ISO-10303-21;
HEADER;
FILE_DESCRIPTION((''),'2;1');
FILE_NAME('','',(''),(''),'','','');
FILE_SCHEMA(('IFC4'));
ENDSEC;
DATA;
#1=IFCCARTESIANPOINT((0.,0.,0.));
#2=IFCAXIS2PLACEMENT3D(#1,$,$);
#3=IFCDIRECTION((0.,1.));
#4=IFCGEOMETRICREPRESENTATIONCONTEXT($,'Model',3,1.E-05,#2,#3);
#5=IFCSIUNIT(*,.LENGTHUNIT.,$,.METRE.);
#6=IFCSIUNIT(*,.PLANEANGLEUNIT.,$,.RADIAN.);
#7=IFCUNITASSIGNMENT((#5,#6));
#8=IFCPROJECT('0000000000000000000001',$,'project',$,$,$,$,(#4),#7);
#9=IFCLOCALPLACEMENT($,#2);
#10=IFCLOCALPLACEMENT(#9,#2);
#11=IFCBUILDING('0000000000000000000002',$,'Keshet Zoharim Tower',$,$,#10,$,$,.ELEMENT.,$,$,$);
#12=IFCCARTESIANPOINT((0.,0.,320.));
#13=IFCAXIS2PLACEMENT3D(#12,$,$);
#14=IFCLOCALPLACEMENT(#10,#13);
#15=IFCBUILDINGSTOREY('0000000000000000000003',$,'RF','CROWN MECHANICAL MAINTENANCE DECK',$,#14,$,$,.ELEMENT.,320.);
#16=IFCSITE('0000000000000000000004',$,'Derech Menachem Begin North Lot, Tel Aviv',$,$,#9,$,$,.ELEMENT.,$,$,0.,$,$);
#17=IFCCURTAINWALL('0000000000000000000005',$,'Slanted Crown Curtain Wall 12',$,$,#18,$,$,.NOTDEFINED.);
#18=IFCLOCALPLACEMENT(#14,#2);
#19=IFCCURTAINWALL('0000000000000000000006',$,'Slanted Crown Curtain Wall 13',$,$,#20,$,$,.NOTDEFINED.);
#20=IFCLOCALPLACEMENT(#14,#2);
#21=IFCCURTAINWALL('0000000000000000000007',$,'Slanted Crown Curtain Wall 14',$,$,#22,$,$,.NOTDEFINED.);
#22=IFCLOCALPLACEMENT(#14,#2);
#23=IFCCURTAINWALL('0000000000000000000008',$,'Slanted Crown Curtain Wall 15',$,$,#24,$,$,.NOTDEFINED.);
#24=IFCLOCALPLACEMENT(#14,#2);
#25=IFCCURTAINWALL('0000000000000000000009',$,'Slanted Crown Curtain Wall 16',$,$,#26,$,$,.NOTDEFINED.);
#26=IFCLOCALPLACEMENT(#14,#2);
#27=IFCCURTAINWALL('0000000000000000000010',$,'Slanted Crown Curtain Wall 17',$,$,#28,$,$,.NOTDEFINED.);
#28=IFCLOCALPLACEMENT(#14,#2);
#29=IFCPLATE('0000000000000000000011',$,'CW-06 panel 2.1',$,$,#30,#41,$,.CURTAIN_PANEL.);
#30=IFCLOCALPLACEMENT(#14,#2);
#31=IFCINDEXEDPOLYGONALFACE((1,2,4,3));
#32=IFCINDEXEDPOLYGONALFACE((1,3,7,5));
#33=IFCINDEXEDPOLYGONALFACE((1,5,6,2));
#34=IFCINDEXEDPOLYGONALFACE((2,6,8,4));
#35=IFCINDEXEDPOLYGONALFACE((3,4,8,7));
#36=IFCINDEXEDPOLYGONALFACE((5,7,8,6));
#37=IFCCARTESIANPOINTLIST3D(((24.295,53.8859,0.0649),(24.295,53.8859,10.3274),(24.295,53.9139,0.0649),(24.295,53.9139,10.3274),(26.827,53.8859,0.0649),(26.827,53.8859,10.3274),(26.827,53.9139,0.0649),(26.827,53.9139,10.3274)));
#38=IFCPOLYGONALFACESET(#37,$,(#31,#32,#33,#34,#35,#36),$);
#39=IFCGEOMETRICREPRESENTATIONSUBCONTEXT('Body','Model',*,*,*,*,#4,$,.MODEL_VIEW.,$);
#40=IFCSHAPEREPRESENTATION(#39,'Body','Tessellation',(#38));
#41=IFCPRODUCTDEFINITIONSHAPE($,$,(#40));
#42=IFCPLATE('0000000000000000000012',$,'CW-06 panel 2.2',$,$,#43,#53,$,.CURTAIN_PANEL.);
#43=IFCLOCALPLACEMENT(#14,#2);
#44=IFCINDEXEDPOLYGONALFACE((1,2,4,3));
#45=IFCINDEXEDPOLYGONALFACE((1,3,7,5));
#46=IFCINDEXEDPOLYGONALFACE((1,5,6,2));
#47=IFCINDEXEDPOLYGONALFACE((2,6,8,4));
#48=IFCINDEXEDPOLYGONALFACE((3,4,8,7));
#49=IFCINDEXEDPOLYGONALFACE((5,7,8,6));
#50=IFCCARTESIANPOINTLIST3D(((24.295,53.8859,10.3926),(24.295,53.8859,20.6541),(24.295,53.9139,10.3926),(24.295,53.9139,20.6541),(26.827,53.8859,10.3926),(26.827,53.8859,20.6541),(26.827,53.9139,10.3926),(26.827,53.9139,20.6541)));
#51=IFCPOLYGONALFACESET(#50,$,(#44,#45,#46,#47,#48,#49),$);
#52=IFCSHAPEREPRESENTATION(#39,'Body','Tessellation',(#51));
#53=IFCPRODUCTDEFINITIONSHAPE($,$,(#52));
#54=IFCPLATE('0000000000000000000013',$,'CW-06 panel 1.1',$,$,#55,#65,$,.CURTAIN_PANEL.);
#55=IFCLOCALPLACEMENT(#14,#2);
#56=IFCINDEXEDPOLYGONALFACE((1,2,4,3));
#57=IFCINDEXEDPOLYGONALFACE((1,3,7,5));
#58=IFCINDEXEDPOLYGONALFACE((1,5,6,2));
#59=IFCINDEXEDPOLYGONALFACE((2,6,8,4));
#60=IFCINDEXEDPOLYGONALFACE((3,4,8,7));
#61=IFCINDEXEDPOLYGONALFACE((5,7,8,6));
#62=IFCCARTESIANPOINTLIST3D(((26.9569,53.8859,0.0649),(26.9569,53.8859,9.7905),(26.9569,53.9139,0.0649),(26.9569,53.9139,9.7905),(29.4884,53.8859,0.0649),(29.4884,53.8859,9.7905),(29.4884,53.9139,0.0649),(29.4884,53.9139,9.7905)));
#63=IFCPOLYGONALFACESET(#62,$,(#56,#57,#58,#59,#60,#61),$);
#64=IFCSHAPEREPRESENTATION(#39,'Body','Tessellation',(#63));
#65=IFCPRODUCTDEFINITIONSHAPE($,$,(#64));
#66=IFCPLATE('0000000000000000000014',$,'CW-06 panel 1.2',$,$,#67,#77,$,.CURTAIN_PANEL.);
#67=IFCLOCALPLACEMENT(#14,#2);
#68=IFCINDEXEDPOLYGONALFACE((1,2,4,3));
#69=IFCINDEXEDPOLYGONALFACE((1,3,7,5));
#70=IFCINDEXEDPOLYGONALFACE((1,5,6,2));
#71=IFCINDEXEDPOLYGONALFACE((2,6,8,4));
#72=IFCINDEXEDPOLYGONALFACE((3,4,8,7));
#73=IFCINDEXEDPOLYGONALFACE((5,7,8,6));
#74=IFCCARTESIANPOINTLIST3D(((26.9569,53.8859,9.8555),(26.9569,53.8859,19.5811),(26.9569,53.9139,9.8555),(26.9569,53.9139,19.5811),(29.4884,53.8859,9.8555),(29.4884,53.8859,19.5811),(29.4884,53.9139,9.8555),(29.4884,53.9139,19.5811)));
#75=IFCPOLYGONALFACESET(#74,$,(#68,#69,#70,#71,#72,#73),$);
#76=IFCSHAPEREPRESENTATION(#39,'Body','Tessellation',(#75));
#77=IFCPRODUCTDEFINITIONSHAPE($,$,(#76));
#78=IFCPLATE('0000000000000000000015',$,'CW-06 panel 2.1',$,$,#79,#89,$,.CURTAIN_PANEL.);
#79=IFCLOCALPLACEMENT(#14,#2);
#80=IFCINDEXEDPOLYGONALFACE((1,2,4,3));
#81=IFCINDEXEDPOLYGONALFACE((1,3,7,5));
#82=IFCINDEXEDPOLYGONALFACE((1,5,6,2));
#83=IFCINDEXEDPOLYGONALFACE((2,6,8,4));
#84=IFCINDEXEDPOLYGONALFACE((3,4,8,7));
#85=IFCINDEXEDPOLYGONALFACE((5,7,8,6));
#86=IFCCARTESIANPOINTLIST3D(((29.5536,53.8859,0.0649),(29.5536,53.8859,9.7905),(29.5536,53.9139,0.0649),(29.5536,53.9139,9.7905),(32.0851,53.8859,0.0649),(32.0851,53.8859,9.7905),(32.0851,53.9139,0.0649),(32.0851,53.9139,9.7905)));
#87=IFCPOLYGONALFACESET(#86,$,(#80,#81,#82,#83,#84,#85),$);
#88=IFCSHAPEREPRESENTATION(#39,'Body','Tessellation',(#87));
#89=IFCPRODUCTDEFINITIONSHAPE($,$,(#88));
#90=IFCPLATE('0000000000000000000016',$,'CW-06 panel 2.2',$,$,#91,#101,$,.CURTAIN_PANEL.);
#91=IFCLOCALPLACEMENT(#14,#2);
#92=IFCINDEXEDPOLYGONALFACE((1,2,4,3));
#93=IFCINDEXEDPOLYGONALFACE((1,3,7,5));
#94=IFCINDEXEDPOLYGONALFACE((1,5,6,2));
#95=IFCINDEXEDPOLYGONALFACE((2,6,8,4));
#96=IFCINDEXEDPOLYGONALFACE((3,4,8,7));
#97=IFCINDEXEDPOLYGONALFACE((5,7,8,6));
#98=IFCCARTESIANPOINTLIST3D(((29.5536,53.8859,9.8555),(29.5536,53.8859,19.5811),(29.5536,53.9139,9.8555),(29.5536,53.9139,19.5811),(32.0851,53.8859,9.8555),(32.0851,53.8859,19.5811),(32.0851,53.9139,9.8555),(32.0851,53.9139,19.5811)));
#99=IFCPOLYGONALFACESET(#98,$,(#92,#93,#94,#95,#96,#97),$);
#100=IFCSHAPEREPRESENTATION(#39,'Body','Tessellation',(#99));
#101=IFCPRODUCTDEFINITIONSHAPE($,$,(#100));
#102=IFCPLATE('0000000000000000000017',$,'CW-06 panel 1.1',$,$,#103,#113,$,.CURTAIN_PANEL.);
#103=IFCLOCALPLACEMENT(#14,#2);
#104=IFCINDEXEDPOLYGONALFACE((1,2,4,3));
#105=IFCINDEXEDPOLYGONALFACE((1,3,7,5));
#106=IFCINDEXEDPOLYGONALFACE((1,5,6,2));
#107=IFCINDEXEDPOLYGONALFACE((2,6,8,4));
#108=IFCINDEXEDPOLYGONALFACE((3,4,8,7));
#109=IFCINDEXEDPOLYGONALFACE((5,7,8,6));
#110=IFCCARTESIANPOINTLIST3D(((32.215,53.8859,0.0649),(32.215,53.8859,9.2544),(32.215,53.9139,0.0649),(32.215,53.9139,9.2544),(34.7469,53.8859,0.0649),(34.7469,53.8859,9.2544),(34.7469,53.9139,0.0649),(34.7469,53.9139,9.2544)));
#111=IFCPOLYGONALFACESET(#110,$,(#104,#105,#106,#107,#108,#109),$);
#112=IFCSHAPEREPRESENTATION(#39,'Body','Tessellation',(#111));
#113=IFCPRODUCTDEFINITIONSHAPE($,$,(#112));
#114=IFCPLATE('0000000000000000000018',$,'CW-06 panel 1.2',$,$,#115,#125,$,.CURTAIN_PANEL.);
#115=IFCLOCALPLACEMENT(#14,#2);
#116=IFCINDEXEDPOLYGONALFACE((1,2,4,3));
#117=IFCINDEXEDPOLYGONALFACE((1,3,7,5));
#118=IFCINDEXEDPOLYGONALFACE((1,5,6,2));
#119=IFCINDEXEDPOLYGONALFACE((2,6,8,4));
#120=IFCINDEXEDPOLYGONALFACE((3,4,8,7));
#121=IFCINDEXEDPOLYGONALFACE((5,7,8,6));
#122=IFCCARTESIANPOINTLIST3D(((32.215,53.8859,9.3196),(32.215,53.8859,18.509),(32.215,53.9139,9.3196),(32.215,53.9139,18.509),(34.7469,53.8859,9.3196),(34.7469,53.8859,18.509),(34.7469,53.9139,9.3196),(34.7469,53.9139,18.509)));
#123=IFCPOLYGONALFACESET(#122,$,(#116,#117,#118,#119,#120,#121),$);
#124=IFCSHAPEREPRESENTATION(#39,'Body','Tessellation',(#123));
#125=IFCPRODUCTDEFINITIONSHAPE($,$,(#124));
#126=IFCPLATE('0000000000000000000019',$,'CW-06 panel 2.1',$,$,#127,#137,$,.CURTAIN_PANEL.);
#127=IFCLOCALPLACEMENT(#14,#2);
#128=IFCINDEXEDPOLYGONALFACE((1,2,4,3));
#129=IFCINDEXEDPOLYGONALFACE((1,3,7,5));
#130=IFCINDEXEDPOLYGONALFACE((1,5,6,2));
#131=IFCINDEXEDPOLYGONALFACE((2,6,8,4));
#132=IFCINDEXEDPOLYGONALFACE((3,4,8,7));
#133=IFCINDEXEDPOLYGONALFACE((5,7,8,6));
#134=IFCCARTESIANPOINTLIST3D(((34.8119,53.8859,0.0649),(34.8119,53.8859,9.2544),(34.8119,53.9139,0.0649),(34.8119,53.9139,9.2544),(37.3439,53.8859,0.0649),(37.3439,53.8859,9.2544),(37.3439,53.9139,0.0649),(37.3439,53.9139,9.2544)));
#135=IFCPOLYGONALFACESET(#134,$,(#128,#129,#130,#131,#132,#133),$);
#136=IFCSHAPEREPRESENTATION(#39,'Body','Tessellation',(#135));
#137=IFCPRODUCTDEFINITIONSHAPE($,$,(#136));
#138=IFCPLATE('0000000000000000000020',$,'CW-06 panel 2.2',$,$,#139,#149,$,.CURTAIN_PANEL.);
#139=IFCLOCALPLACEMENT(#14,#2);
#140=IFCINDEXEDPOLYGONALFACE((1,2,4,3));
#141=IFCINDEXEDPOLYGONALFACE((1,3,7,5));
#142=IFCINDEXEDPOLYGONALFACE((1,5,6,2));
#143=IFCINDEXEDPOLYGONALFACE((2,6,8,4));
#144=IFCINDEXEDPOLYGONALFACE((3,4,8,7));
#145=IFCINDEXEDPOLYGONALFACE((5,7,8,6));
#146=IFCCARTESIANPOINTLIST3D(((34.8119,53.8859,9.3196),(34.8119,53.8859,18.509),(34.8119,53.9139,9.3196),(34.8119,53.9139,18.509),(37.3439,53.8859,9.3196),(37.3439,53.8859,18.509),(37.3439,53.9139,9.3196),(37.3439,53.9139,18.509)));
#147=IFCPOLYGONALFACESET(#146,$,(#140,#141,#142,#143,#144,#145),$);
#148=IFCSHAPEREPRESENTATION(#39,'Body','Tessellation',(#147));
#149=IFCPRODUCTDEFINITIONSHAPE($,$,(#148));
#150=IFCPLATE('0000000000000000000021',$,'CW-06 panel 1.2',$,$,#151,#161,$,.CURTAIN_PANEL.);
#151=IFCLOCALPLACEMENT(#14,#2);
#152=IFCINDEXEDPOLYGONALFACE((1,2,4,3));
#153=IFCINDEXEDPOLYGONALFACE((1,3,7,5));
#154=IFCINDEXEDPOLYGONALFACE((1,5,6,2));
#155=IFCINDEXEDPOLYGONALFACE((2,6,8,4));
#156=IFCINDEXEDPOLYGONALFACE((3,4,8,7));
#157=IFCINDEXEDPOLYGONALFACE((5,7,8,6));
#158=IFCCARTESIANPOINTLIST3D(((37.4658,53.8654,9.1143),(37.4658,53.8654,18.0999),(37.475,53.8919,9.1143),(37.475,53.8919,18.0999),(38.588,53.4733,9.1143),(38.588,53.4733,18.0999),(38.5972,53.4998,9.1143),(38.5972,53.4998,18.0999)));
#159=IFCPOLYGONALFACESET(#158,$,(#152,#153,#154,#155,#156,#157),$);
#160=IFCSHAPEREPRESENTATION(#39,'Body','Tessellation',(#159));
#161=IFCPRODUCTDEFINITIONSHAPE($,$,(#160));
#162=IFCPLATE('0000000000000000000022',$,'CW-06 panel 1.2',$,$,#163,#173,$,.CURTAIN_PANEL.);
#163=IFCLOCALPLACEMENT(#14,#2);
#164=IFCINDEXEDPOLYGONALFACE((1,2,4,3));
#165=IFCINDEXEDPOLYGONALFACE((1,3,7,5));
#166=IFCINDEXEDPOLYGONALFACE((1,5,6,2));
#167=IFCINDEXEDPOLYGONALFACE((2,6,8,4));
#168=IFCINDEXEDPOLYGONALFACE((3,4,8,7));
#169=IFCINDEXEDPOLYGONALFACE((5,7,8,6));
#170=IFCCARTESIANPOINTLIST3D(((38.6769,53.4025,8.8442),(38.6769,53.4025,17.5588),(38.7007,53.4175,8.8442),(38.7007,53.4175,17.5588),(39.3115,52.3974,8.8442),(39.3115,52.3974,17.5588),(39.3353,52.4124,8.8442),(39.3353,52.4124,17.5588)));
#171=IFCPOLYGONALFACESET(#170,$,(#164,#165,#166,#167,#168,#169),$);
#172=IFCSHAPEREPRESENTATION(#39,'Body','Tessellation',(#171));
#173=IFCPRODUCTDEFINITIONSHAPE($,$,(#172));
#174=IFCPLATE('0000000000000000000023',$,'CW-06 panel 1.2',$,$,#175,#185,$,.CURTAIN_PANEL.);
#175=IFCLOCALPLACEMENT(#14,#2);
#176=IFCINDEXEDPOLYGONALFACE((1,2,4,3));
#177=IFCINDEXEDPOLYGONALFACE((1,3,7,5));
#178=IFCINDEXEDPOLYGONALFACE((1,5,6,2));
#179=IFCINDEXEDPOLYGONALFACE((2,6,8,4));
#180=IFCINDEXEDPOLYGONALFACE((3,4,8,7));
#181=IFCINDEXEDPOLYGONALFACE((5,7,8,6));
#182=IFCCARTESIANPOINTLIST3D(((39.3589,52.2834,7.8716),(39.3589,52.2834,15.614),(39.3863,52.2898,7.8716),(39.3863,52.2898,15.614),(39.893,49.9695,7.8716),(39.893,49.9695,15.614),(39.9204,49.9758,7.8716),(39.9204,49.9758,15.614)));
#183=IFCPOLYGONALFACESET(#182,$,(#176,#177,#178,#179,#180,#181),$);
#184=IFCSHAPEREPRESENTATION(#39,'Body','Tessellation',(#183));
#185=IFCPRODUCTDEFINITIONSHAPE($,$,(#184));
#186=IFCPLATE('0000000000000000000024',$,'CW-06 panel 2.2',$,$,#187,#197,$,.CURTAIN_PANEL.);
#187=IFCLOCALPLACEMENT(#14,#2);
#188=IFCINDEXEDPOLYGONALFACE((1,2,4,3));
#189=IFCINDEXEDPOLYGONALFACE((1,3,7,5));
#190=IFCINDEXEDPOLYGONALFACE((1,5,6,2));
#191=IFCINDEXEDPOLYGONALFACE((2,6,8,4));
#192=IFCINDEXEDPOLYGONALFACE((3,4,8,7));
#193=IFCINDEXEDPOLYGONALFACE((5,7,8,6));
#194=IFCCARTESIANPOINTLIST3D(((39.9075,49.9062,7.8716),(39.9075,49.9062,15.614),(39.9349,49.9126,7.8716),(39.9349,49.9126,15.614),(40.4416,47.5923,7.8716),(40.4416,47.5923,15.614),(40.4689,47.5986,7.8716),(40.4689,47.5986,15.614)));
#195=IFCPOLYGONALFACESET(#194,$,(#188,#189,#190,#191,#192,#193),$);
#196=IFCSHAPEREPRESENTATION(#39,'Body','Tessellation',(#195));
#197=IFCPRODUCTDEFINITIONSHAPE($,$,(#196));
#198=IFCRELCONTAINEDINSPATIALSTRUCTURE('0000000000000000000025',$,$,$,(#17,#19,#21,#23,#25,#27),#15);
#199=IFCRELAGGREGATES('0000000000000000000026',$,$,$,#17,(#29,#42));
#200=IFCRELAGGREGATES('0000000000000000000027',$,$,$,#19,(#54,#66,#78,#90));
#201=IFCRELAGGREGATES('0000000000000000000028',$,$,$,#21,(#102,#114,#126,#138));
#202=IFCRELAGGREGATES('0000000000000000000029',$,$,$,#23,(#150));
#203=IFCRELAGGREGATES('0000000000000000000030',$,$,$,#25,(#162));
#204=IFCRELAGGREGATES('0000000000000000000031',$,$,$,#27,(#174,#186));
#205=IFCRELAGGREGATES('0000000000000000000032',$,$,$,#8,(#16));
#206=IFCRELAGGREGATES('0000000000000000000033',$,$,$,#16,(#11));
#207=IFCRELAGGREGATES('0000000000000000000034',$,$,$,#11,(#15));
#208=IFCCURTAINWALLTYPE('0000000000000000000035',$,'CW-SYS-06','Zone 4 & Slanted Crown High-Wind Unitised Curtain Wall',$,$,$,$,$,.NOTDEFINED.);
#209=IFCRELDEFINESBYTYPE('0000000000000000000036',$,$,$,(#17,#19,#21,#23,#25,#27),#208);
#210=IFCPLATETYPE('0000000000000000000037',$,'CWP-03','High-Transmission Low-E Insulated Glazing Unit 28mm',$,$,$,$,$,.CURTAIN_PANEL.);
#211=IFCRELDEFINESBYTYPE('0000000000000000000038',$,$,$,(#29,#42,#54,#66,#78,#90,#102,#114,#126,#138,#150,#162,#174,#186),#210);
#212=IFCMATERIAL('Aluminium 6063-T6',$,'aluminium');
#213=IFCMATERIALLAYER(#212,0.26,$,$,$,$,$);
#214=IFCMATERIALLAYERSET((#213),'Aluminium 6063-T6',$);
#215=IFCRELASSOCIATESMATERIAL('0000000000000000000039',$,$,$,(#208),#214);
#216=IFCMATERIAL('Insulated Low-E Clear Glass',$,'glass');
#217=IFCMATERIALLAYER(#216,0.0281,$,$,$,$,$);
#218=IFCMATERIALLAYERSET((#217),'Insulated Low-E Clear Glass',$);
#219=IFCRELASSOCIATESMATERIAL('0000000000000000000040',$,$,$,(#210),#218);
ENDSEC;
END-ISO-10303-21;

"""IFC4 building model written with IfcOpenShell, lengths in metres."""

from ifc_helpers import new_model, si_unit, direction, frame, origin, origin_2d, place, context, subcontext, project, spatial, rectangle, extrude, material, layer, layer_set, type_object, element, aggregate, save


model = new_model("IFC4")

# Units and contexts
model_context = context("Model", 3, precision=1e-05, world=origin(), true_north=direction((0.0, 1.0)))
body_context = subcontext(model_context, "Body", "Model", "MODEL_VIEW")
ifc_project = project(units=[si_unit("LENGTHUNIT", "METRE"), si_unit("PLANEANGLEUNIT", "RADIAN")], contexts=[model_context])

# Site, building, storey
site_placement = place(None, origin())
site = spatial("IfcSite", under=ifc_project, at=site_placement, Name="Derech Menachem Begin North Lot, Tel Aviv", CompositionType="ELEMENT", RefElevation=0.0)
building_placement = place(site_placement, origin())
building = spatial("IfcBuilding", under=site, at=building_placement, Name="Keshet Zoharim Tower", CompositionType="ELEMENT")
storey_placement = place(building_placement, frame((0.0, 0.0, 320.0)))
storey = spatial("IfcBuildingStorey", under=building, at=storey_placement, Name="RF", Description="CROWN MECHANICAL MAINTENANCE DECK", CompositionType="ELEMENT", Elevation=320.0)

# Curtain walls
ifc_material_1 = material(Name="Aluminium 6063-T6", Category="aluminium")
ifc_layer_1 = layer(ifc_material_1, 0.26)
ifc_layer_set_1 = layer_set([ifc_layer_1], Name="Aluminium 6063-T6")
curtain_wall_type = type_object("IfcCurtainWallType", Name="CW-SYS-06", Description="Zone 4 & Slanted Crown High-Wind Unitised Curtain Wall", PredefinedType="NOTDEFINED", material=ifc_layer_set_1)
curtain_wall_1_placement = place(storey_placement, origin())
curtain_wall_1 = element("IfcCurtainWall", 1, at=curtain_wall_1_placement, inside=storey, type_object=curtain_wall_type, Name="Slanted Crown Curtain Wall 12", PredefinedType="NOTDEFINED")
curtain_wall_2_placement = place(storey_placement, origin())
curtain_wall_2 = element("IfcCurtainWall", 2, at=curtain_wall_2_placement, inside=storey, type_object=curtain_wall_type, Name="Slanted Crown Curtain Wall 13", PredefinedType="NOTDEFINED")
curtain_wall_3_placement = place(storey_placement, origin())
curtain_wall_3 = element("IfcCurtainWall", 3, at=curtain_wall_3_placement, inside=storey, type_object=curtain_wall_type, Name="Slanted Crown Curtain Wall 14", PredefinedType="NOTDEFINED")
curtain_wall_4_placement = place(storey_placement, origin())
curtain_wall_4 = element("IfcCurtainWall", 4, at=curtain_wall_4_placement, inside=storey, type_object=curtain_wall_type, Name="Slanted Crown Curtain Wall 15", PredefinedType="NOTDEFINED")
curtain_wall_5_placement = place(storey_placement, origin())
curtain_wall_5 = element("IfcCurtainWall", 5, at=curtain_wall_5_placement, inside=storey, type_object=curtain_wall_type, Name="Slanted Crown Curtain Wall 16", PredefinedType="NOTDEFINED")
curtain_wall_6_placement = place(storey_placement, origin())
curtain_wall_6 = element("IfcCurtainWall", 6, at=curtain_wall_6_placement, inside=storey, type_object=curtain_wall_type, Name="Slanted Crown Curtain Wall 17", PredefinedType="NOTDEFINED")

# Plates
ifc_material_2 = material(Name="Insulated Low-E Clear Glass", Category="glass")
ifc_layer_2 = layer(ifc_material_2, 0.0281)
ifc_layer_set_2 = layer_set([ifc_layer_2], Name="Insulated Low-E Clear Glass")
plate_type = type_object("IfcPlateType", Name="CWP-03", Description="High-Transmission Low-E Insulated Glazing Unit 28mm", PredefinedType="CURTAIN_PANEL", material=ifc_layer_set_2)
plate_1_placement = place(storey_placement, frame((25.561, 53.8999, 0.0649), z_axis=(0.0, 0.0, 1.0), x_axis=(1.0, 0.0, 0.0)))
plate_1 = element("IfcPlate", 7, at=plate_1_placement, type_object=plate_type, Name="CW-06 panel 2.1", PredefinedType="CURTAIN_PANEL", context=body_context, shape_type="SweptSolid", body=[
    extrude(rectangle(XDim=2.532, YDim=0.0281, at=origin_2d()), origin(), (0.0, 0.0, 1.0), 10.2625),
])
plate_2_placement = place(storey_placement, frame((25.561, 53.8999, 10.3926), z_axis=(0.0, 0.0, 1.0), x_axis=(1.0, 0.0, 0.0)))
plate_2 = element("IfcPlate", 8, at=plate_2_placement, type_object=plate_type, Name="CW-06 panel 2.2", PredefinedType="CURTAIN_PANEL", context=body_context, shape_type="SweptSolid", body=[
    extrude(rectangle(XDim=2.532, YDim=0.0281, at=origin_2d()), origin(), (0.0, 0.0, 1.0), 10.2615),
])
aggregate(curtain_wall_1, [plate_1, plate_2])
plate_3_placement = place(storey_placement, frame((28.2227, 53.8999, 0.0649), z_axis=(0.0, 0.0, 1.0), x_axis=(1.0, 0.0, 0.0)))
plate_3 = element("IfcPlate", 9, at=plate_3_placement, type_object=plate_type, Name="CW-06 panel 1.1", PredefinedType="CURTAIN_PANEL", context=body_context, shape_type="SweptSolid", body=[
    extrude(rectangle(XDim=2.5315, YDim=0.0281, at=origin_2d()), origin(), (0.0, 0.0, 1.0), 9.7256),
])
plate_4_placement = place(storey_placement, frame((28.2227, 53.8999, 9.8555), z_axis=(0.0, 0.0, 1.0), x_axis=(1.0, 0.0, 0.0)))
plate_4 = element("IfcPlate", 10, at=plate_4_placement, type_object=plate_type, Name="CW-06 panel 1.2", PredefinedType="CURTAIN_PANEL", context=body_context, shape_type="SweptSolid", body=[
    extrude(rectangle(XDim=2.5315, YDim=0.0281, at=origin_2d()), origin(), (0.0, 0.0, 1.0), 9.7256),
])
plate_5_placement = place(storey_placement, frame((30.8193, 53.8999, 0.0649), z_axis=(0.0, 0.0, 1.0), x_axis=(1.0, 0.0, 0.0)))
plate_5 = element("IfcPlate", 11, at=plate_5_placement, type_object=plate_type, Name="CW-06 panel 2.1", PredefinedType="CURTAIN_PANEL", context=body_context, shape_type="SweptSolid", body=[
    extrude(rectangle(XDim=2.5315, YDim=0.0281, at=origin_2d()), origin(), (0.0, 0.0, 1.0), 9.7256),
])
plate_6_placement = place(storey_placement, frame((30.8193, 53.8999, 9.8555), z_axis=(0.0, 0.0, 1.0), x_axis=(1.0, 0.0, 0.0)))
plate_6 = element("IfcPlate", 12, at=plate_6_placement, type_object=plate_type, Name="CW-06 panel 2.2", PredefinedType="CURTAIN_PANEL", context=body_context, shape_type="SweptSolid", body=[
    extrude(rectangle(XDim=2.5315, YDim=0.0281, at=origin_2d()), origin(), (0.0, 0.0, 1.0), 9.7256),
])
aggregate(curtain_wall_2, [plate_3, plate_4, plate_5, plate_6])
plate_7_placement = place(storey_placement, frame((33.481, 53.8999, 0.0649), z_axis=(0.0, 0.0, 1.0), x_axis=(1.0, 0.0, 0.0)))
plate_7 = element("IfcPlate", 13, at=plate_7_placement, type_object=plate_type, Name="CW-06 panel 1.1", PredefinedType="CURTAIN_PANEL", context=body_context, shape_type="SweptSolid", body=[
    extrude(rectangle(XDim=2.532, YDim=0.0281, at=origin_2d()), origin(), (0.0, 0.0, 1.0), 9.1895),
])
plate_8_placement = place(storey_placement, frame((33.481, 53.8999, 9.3196), z_axis=(0.0, 0.0, 1.0), x_axis=(1.0, 0.0, 0.0)))
plate_8 = element("IfcPlate", 14, at=plate_8_placement, type_object=plate_type, Name="CW-06 panel 1.2", PredefinedType="CURTAIN_PANEL", context=body_context, shape_type="SweptSolid", body=[
    extrude(rectangle(XDim=2.532, YDim=0.0281, at=origin_2d()), origin(), (0.0, 0.0, 1.0), 9.1895),
])
plate_9_placement = place(storey_placement, frame((36.0779, 53.8999, 0.0649), z_axis=(0.0, 0.0, 1.0), x_axis=(1.0, 0.0, 0.0)))
plate_9 = element("IfcPlate", 15, at=plate_9_placement, type_object=plate_type, Name="CW-06 panel 2.1", PredefinedType="CURTAIN_PANEL", context=body_context, shape_type="SweptSolid", body=[
    extrude(rectangle(XDim=2.532, YDim=0.0281, at=origin_2d()), origin(), (0.0, 0.0, 1.0), 9.1895),
])
plate_10_placement = place(storey_placement, frame((36.0779, 53.8999, 9.3196), z_axis=(0.0, 0.0, 1.0), x_axis=(1.0, 0.0, 0.0)))
plate_10 = element("IfcPlate", 16, at=plate_10_placement, type_object=plate_type, Name="CW-06 panel 2.2", PredefinedType="CURTAIN_PANEL", context=body_context, shape_type="SweptSolid", body=[
    extrude(rectangle(XDim=2.532, YDim=0.0281, at=origin_2d()), origin(), (0.0, 0.0, 1.0), 9.1895),
])
aggregate(curtain_wall_3, [plate_7, plate_8, plate_9, plate_10])
plate_11_placement = place(storey_placement, frame((38.0315, 53.6826, 9.1143), z_axis=(0.0, 0.0, 1.0), x_axis=(0.944036, -0.329844, 0.0)))
plate_11 = element("IfcPlate", 17, at=plate_11_placement, type_object=plate_type, Name="CW-06 panel 1.2", PredefinedType="CURTAIN_PANEL", context=body_context, shape_type="SweptSolid", body=[
    extrude(rectangle(XDim=1.1887, YDim=0.0281, at=origin_2d()), origin(), (0.0, 0.0, 1.0), 8.9856),
])
aggregate(curtain_wall_4, [plate_11])
plate_12_placement = place(storey_placement, frame((39.0061, 52.9075, 8.8442), z_axis=(0.0, 0.0, 1.0), x_axis=(0.533879, -0.845561, 0.0)))
plate_12 = element("IfcPlate", 18, at=plate_12_placement, type_object=plate_type, Name="CW-06 panel 1.2", PredefinedType="CURTAIN_PANEL", context=body_context, shape_type="SweptSolid", body=[
    extrude(rectangle(XDim=1.1887, YDim=0.0281, at=origin_2d()), origin(), (0.0, 0.0, 1.0), 8.7146),
])
aggregate(curtain_wall_5, [plate_12])
plate_13_placement = place(storey_placement, frame((39.6396, 51.1296, 7.8716), z_axis=(0.0, 0.0, 1.0), x_axis=(0.224889, -0.974384, 0.0)))
plate_13 = element("IfcPlate", 19, at=plate_13_placement, type_object=plate_type, Name="CW-06 panel 1.2", PredefinedType="CURTAIN_PANEL", context=body_context, shape_type="SweptSolid", body=[
    extrude(rectangle(XDim=2.3748, YDim=0.0281, at=origin_2d()), origin(), (0.0, 0.0, 1.0), 7.7424),
])
plate_14_placement = place(storey_placement, frame((40.1882, 48.7524, 7.8716), z_axis=(0.0, 0.0, 1.0), x_axis=(0.224889, -0.974384, 0.0)))
plate_14 = element("IfcPlate", 20, at=plate_14_placement, type_object=plate_type, Name="CW-06 panel 2.2", PredefinedType="CURTAIN_PANEL", context=body_context, shape_type="SweptSolid", body=[
    extrude(rectangle(XDim=2.3748, YDim=0.0281, at=origin_2d()), origin(), (0.0, 0.0, 1.0), 7.7424),
])
aggregate(curtain_wall_6, [plate_13, plate_14])

save(model, "model.ifc")
